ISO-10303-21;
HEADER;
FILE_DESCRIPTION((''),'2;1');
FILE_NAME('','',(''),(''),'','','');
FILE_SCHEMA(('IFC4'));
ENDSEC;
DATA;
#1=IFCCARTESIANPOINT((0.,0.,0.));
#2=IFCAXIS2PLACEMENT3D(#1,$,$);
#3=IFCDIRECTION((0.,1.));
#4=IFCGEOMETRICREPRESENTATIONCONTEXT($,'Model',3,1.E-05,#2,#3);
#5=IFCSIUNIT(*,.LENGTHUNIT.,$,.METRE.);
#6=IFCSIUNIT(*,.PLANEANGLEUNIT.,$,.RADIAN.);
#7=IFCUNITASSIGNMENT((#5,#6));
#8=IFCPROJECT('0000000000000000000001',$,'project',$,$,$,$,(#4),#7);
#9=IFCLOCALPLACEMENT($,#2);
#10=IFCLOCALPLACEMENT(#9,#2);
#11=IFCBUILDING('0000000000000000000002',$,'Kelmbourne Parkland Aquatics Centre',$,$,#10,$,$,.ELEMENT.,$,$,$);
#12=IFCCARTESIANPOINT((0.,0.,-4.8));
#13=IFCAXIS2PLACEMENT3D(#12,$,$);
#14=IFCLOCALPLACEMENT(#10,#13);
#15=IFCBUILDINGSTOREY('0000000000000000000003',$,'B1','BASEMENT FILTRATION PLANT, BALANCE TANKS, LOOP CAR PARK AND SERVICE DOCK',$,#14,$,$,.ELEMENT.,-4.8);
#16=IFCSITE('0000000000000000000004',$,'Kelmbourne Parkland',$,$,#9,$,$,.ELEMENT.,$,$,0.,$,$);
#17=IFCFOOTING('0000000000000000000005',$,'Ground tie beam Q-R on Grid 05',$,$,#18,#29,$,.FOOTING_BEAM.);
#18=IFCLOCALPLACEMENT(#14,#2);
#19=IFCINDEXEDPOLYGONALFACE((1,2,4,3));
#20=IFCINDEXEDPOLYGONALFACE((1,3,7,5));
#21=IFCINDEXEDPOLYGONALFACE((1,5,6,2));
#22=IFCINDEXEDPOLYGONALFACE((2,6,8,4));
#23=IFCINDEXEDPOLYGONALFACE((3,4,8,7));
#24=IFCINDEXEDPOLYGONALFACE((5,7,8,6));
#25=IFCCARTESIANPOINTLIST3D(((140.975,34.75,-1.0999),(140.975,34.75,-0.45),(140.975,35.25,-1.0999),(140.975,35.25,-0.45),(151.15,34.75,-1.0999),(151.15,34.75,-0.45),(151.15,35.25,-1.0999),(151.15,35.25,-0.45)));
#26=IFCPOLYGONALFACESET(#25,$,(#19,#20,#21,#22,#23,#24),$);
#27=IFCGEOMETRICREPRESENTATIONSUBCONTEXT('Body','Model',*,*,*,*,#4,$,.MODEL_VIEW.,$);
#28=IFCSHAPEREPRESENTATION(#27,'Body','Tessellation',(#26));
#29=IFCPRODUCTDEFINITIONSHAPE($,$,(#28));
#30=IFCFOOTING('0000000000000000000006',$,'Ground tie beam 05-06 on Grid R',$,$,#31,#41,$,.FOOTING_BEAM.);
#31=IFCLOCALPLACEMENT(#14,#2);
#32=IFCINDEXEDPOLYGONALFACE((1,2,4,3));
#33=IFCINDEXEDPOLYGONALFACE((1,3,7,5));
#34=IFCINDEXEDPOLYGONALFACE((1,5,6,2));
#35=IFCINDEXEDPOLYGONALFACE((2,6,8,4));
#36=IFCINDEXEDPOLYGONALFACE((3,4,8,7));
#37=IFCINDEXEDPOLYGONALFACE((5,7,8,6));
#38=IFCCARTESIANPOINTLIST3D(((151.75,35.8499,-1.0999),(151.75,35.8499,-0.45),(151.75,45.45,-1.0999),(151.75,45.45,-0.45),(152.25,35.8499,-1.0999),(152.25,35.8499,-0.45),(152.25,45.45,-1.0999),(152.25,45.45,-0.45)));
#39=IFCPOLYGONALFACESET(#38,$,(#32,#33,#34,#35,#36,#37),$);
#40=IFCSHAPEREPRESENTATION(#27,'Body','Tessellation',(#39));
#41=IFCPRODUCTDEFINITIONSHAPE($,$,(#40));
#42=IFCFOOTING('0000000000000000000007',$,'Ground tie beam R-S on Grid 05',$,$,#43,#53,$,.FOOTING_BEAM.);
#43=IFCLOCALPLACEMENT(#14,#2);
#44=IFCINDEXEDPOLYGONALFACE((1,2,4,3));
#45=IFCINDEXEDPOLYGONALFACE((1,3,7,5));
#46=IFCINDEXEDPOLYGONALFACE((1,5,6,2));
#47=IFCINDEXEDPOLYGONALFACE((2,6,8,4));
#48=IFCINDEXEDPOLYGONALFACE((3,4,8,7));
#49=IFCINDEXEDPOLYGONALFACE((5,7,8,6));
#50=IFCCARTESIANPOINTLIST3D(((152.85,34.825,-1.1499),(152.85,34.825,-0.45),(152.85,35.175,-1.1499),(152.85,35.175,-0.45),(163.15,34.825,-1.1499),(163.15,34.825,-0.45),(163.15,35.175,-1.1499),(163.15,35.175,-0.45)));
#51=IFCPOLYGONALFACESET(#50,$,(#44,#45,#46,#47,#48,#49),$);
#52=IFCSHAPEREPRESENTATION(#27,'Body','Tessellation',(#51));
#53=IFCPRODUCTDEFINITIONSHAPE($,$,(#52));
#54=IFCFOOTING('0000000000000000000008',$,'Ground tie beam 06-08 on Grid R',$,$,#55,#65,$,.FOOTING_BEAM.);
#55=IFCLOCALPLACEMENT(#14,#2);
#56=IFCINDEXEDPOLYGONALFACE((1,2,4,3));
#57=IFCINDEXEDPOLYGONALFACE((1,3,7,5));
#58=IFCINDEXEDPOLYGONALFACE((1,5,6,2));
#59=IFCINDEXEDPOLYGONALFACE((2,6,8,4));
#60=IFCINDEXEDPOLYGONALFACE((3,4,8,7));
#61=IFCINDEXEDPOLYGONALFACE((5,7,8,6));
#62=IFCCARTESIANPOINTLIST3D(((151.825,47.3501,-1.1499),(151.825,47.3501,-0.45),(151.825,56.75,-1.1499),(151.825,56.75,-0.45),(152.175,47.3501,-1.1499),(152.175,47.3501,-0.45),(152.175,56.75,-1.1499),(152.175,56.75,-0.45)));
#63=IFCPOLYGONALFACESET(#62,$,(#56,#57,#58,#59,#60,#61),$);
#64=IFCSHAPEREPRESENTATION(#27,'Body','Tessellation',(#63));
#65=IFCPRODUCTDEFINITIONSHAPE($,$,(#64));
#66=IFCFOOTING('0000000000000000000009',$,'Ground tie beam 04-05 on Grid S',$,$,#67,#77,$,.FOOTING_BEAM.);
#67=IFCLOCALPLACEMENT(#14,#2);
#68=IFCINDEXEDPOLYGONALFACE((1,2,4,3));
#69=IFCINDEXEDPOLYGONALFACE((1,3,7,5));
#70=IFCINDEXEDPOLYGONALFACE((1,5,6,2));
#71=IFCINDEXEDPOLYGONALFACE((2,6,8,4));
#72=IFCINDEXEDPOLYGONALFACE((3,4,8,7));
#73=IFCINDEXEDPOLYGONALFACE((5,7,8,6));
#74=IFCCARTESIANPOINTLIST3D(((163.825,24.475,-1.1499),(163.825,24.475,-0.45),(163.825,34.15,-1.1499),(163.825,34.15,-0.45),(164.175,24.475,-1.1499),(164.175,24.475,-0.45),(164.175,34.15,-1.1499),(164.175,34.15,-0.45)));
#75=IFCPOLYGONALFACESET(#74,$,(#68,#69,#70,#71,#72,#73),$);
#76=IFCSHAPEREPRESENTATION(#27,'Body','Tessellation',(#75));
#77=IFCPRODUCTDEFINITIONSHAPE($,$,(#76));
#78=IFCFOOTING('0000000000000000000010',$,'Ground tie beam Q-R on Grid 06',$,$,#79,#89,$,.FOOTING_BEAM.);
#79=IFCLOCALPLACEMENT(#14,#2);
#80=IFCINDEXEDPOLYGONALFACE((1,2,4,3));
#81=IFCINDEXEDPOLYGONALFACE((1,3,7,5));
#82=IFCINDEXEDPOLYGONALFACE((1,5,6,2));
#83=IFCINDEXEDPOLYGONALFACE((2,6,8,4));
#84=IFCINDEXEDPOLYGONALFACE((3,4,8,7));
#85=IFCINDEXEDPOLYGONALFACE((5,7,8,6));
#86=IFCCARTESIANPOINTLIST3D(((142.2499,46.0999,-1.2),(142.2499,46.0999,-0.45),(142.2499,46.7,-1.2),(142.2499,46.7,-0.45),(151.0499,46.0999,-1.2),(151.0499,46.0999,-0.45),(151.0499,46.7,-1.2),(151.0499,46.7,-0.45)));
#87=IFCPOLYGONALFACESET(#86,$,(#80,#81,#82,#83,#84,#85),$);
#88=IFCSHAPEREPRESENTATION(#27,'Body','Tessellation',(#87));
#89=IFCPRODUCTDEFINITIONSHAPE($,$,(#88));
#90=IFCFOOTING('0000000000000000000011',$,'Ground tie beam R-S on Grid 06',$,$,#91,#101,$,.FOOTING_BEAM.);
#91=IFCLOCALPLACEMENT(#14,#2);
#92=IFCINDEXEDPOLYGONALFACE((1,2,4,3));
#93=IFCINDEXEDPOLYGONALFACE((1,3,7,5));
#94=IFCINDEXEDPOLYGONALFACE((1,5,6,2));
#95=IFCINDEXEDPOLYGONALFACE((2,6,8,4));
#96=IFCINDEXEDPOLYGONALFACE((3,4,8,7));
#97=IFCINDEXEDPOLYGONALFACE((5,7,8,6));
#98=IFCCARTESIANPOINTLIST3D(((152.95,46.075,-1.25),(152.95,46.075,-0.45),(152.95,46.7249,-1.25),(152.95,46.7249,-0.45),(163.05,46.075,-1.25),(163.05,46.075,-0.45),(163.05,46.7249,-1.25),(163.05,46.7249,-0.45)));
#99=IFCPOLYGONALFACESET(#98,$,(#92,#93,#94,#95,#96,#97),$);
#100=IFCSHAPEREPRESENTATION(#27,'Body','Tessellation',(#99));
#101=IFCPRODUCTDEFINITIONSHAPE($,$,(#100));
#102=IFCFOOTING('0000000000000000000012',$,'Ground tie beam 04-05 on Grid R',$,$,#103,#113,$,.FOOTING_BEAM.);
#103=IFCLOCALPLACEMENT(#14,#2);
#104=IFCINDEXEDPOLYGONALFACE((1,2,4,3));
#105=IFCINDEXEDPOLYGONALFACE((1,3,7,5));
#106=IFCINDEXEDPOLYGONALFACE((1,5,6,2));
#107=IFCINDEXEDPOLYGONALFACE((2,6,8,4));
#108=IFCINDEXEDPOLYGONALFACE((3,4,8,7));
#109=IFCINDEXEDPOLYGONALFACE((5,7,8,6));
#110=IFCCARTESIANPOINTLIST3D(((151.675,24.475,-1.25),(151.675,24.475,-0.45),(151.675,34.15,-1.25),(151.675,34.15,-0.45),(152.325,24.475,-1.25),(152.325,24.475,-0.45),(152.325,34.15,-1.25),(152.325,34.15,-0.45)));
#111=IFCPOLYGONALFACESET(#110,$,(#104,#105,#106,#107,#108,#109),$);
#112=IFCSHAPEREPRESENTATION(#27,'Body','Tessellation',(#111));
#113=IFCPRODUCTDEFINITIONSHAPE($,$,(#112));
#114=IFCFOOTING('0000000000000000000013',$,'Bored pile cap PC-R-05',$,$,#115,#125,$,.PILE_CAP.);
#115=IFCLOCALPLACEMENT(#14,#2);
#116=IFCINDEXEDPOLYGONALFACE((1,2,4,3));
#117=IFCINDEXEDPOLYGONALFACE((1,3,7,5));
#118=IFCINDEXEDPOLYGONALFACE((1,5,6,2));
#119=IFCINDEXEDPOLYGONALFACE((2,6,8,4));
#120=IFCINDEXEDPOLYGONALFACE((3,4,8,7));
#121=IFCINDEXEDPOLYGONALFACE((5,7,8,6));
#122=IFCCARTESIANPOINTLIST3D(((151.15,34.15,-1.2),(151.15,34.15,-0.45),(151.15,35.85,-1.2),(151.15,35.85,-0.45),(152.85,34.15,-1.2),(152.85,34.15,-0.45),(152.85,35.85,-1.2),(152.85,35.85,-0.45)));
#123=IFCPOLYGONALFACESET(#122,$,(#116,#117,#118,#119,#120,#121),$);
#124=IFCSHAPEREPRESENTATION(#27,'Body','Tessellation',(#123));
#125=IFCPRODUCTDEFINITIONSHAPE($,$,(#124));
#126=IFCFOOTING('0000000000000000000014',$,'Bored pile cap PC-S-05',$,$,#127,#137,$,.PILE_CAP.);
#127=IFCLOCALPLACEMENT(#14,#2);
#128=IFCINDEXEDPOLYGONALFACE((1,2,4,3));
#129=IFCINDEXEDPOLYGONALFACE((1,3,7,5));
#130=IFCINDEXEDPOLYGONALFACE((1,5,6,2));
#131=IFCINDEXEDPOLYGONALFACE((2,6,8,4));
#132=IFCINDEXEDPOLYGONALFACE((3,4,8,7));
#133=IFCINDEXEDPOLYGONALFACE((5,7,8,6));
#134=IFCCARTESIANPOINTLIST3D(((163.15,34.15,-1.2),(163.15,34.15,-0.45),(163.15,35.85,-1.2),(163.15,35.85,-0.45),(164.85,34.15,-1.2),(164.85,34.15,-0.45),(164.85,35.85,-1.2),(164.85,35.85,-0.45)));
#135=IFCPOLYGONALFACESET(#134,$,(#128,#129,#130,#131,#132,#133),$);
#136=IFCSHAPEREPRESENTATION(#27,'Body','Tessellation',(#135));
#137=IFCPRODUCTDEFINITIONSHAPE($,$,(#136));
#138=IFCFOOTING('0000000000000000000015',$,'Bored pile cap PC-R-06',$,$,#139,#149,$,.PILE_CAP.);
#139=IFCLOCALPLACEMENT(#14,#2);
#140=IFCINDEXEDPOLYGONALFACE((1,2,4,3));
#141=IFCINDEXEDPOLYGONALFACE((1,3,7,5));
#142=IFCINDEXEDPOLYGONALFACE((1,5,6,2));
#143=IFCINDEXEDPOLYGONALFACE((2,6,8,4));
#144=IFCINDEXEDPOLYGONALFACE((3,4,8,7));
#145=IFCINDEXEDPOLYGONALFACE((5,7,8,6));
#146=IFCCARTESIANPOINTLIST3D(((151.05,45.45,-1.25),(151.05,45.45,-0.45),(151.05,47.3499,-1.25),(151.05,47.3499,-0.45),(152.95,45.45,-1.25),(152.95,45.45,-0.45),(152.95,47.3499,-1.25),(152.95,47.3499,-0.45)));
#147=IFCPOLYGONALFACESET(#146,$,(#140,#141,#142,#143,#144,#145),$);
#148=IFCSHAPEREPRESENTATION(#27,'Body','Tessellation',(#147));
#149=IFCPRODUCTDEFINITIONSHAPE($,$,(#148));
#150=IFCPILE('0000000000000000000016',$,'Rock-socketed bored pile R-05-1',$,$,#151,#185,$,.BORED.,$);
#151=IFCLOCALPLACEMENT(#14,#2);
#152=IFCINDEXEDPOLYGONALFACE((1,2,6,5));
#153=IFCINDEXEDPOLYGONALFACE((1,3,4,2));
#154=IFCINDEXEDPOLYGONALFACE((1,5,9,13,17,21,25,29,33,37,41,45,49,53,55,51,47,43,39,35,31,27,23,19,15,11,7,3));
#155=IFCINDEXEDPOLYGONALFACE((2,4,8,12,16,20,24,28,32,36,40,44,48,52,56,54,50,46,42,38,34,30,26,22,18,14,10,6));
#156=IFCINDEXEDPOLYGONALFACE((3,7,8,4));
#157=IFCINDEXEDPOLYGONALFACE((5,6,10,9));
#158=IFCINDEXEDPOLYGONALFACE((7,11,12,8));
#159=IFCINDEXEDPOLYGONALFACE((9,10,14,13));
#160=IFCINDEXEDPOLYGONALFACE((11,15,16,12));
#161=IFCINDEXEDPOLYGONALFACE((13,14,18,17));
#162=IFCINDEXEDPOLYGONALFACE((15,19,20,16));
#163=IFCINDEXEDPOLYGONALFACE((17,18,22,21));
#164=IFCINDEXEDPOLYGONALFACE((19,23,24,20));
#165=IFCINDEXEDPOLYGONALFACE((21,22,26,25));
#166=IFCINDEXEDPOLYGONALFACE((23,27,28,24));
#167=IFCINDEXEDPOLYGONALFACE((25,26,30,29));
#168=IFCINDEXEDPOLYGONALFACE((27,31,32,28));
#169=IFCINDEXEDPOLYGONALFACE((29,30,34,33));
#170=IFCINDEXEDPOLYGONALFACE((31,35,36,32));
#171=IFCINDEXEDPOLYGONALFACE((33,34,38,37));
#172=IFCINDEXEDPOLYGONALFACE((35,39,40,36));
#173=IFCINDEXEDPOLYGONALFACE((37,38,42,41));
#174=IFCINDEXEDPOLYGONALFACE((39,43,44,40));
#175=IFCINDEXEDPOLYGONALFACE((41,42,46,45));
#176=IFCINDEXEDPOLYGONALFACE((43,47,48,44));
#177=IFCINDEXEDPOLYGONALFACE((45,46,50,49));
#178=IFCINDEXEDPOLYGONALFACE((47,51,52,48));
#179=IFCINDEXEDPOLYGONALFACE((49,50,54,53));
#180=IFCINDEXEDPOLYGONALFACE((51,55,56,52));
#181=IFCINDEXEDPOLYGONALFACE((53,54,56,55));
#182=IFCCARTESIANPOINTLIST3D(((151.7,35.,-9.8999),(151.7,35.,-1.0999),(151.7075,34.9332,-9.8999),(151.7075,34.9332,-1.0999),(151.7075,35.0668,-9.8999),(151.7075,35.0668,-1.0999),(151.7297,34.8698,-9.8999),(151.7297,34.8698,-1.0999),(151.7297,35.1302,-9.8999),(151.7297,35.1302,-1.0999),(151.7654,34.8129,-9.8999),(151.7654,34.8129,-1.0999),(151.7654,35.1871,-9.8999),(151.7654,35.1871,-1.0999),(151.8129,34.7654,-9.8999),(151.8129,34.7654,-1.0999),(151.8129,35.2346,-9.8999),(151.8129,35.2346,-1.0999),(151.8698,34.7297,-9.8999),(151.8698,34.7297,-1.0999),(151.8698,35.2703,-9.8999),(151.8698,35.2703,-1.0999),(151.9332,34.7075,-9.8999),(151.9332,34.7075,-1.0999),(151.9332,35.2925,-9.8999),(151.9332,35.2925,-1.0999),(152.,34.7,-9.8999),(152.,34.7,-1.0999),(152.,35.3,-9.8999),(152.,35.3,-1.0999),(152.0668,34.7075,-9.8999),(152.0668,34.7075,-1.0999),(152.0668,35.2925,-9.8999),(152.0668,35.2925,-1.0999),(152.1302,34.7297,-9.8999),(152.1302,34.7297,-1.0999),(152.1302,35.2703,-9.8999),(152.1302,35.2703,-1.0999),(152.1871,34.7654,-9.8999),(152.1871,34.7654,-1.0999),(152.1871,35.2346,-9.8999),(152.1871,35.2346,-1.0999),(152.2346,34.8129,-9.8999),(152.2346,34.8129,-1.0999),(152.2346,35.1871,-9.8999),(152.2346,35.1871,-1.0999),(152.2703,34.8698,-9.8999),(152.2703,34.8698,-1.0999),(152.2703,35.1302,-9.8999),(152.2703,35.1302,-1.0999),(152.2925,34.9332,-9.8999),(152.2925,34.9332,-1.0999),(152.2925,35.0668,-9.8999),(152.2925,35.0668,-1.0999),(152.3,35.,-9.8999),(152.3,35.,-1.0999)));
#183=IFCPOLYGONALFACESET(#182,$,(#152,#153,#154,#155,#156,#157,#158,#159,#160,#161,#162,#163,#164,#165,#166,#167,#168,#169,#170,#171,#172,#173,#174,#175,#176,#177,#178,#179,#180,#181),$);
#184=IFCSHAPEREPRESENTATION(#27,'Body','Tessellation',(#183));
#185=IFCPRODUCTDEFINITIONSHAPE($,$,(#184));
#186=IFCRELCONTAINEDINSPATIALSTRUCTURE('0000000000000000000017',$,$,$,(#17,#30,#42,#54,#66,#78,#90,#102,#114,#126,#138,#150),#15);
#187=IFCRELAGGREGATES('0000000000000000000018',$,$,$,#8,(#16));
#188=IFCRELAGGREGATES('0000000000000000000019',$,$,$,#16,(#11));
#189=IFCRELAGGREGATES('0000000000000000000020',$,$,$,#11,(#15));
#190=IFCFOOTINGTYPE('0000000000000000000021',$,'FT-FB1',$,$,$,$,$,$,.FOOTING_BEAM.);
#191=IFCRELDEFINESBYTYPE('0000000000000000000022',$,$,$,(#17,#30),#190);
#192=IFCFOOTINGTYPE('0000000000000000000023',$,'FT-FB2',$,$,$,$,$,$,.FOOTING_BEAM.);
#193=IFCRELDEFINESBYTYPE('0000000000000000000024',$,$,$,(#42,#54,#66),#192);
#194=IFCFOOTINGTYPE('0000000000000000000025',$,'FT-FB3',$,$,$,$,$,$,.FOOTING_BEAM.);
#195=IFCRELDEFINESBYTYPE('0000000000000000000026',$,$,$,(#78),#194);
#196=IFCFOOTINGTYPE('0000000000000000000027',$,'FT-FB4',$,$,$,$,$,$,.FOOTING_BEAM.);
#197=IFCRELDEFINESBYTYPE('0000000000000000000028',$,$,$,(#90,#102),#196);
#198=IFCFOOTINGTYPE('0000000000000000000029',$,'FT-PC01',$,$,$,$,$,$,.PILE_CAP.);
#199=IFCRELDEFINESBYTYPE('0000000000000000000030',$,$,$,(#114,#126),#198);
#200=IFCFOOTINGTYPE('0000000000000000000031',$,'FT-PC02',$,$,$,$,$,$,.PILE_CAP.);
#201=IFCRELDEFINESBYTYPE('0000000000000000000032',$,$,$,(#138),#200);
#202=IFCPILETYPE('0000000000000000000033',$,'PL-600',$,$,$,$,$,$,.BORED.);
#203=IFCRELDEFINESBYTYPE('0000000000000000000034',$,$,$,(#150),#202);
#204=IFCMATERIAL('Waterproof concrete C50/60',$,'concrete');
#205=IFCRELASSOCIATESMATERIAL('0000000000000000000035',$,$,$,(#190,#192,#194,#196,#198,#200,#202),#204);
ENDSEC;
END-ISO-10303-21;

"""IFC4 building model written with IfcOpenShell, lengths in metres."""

from ifc_helpers import new_model, si_unit, direction, frame, origin, origin_2d, place, context, subcontext, project, spatial, rectangle, circle, extrude, material, material_profile, profile_set, type_object, element, save


model = new_model("IFC4")

# Units and contexts
model_context = context("Model", 3, precision=1e-05, world=origin(), true_north=direction((0.0, 1.0)))
body_context = subcontext(model_context, "Body", "Model", "MODEL_VIEW")
ifc_project = project(units=[si_unit("LENGTHUNIT", "METRE"), si_unit("PLANEANGLEUNIT", "RADIAN")], contexts=[model_context])

# Site, building, storey
site_placement = place(None, origin())
site = spatial("IfcSite", under=ifc_project, at=site_placement, Name="Kelmbourne Parkland", CompositionType="ELEMENT", RefElevation=0.0)
building_placement = place(site_placement, origin())
building = spatial("IfcBuilding", under=site, at=building_placement, Name="Kelmbourne Parkland Aquatics Centre", CompositionType="ELEMENT")
storey_placement = place(building_placement, frame((0.0, 0.0, -4.8)))
storey = spatial("IfcBuildingStorey", under=building, at=storey_placement, Name="B1", Description="BASEMENT FILTRATION PLANT, BALANCE TANKS, LOOP CAR PARK AND SERVICE DOCK", CompositionType="ELEMENT", Elevation=-4.8)

# Footings
ifc_material_1 = material(Name="Waterproof concrete C50/60", Category="concrete")
footing_type_1 = type_object("IfcFootingType", Name="FT-FB1", PredefinedType="FOOTING_BEAM", material=ifc_material_1)
footing_1_placement = place(storey_placement, frame((146.0625, 35.0, -1.0999), z_axis=(0.0, 0.0, 1.0), x_axis=(1.0, 0.0, 0.0)))
element("IfcFooting", 1, at=footing_1_placement, inside=storey, type_object=footing_type_1, Name="Ground tie beam Q-R on Grid 05", PredefinedType="FOOTING_BEAM", context=body_context, shape_type="SweptSolid", body=[
    extrude(rectangle(XDim=10.175, YDim=0.5, at=origin_2d()), origin(), (0.0, 0.0, 1.0), 0.6499),
])
footing_2_placement = place(storey_placement, frame((152.0, 40.6499, -1.0999), z_axis=(0.0, 0.0, 1.0), x_axis=(0.0, 1.0, 0.0)))
element("IfcFooting", 2, at=footing_2_placement, inside=storey, type_object=footing_type_1, Name="Ground tie beam 05-06 on Grid R", PredefinedType="FOOTING_BEAM", context=body_context, shape_type="SweptSolid", body=[
    extrude(rectangle(XDim=9.6001, YDim=0.5, at=origin_2d()), origin(), (0.0, 0.0, 1.0), 0.6499),
])
footing_type_2 = type_object("IfcFootingType", Name="FT-FB2", PredefinedType="FOOTING_BEAM", material=ifc_material_1)
footing_3_placement = place(storey_placement, frame((158.0, 35.0, -1.1499), z_axis=(0.0, 0.0, 1.0), x_axis=(1.0, 0.0, 0.0)))
element("IfcFooting", 3, at=footing_3_placement, inside=storey, type_object=footing_type_2, Name="Ground tie beam R-S on Grid 05", PredefinedType="FOOTING_BEAM", context=body_context, shape_type="SweptSolid", body=[
    extrude(rectangle(XDim=10.3, YDim=0.3501, at=origin_2d()), origin(), (0.0, 0.0, 1.0), 0.7),
])
footing_4_placement = place(storey_placement, frame((152.0, 52.05, -1.1499), z_axis=(0.0, 0.0, 1.0), x_axis=(0.0, 1.0, 0.0)))
element("IfcFooting", 4, at=footing_4_placement, inside=storey, type_object=footing_type_2, Name="Ground tie beam 06-08 on Grid R", PredefinedType="FOOTING_BEAM", context=body_context, shape_type="SweptSolid", body=[
    extrude(rectangle(XDim=9.3999, YDim=0.3501, at=origin_2d()), origin(), (0.0, 0.0, 1.0), 0.7),
])
footing_5_placement = place(storey_placement, frame((164.0, 29.3125, -1.1499), z_axis=(0.0, 0.0, 1.0), x_axis=(0.0, 1.0, 0.0)))
element("IfcFooting", 5, at=footing_5_placement, inside=storey, type_object=footing_type_2, Name="Ground tie beam 04-05 on Grid S", PredefinedType="FOOTING_BEAM", context=body_context, shape_type="SweptSolid", body=[
    extrude(rectangle(XDim=9.675, YDim=0.3501, at=origin_2d()), origin(), (0.0, 0.0, 1.0), 0.7),
])
footing_type_3 = type_object("IfcFootingType", Name="FT-FB3", PredefinedType="FOOTING_BEAM", material=ifc_material_1)
footing_6_placement = place(storey_placement, frame((146.6499, 46.3999, -1.2), z_axis=(0.0, 0.0, 1.0), x_axis=(1.0, 0.0, 0.0)))
element("IfcFooting", 6, at=footing_6_placement, inside=storey, type_object=footing_type_3, Name="Ground tie beam Q-R on Grid 06", PredefinedType="FOOTING_BEAM", context=body_context, shape_type="SweptSolid", body=[
    extrude(rectangle(XDim=8.8, YDim=0.6001, at=origin_2d()), origin(), (0.0, 0.0, 1.0), 0.75),
])
footing_type_4 = type_object("IfcFootingType", Name="FT-FB4", PredefinedType="FOOTING_BEAM", material=ifc_material_1)
footing_7_placement = place(storey_placement, frame((158.0, 46.3999, -1.25), z_axis=(0.0, 0.0, 1.0), x_axis=(1.0, 0.0, 0.0)))
element("IfcFooting", 7, at=footing_7_placement, inside=storey, type_object=footing_type_4, Name="Ground tie beam R-S on Grid 06", PredefinedType="FOOTING_BEAM", context=body_context, shape_type="SweptSolid", body=[
    extrude(rectangle(XDim=10.1001, YDim=0.6499, at=origin_2d()), origin(), (0.0, 0.0, 1.0), 0.8),
])
footing_8_placement = place(storey_placement, frame((152.0, 29.3125, -1.25), z_axis=(0.0, 0.0, 1.0), x_axis=(0.0, 1.0, 0.0)))
element("IfcFooting", 8, at=footing_8_placement, inside=storey, type_object=footing_type_4, Name="Ground tie beam 04-05 on Grid R", PredefinedType="FOOTING_BEAM", context=body_context, shape_type="SweptSolid", body=[
    extrude(rectangle(XDim=9.675, YDim=0.6499, at=origin_2d()), origin(), (0.0, 0.0, 1.0), 0.8),
])
footing_type_5 = type_object("IfcFootingType", Name="FT-PC01", PredefinedType="PILE_CAP", material=ifc_material_1)
for number, where, z_axis, x_axis, name in (
    (9, (152.0, 35.0, -1.2), (0.0, 0.0, 1.0), (1.0, 0.0, 0.0), "Bored pile cap PC-R-05"),
    (10, (164.0, 35.0, -1.2), (0.0, 0.0, 1.0), (1.0, 0.0, 0.0), "Bored pile cap PC-S-05"),
):
    element("IfcFooting", number, at=place(storey_placement, frame(where, z_axis=z_axis, x_axis=x_axis)), inside=storey, type_object=footing_type_5, Name=name, PredefinedType="PILE_CAP", context=body_context, shape_type="SweptSolid", body=[
        extrude(rectangle(XDim=1.7, YDim=1.7, at=origin_2d()), origin(), (0.0, 0.0, 1.0), 0.75),
    ])
footing_type_6 = type_object("IfcFootingType", Name="FT-PC02", PredefinedType="PILE_CAP", material=ifc_material_1)
footing_9_placement = place(storey_placement, frame((152.0, 46.3999, -1.25), z_axis=(0.0, 0.0, 1.0), x_axis=(1.0, 0.0, 0.0)))
element("IfcFooting", 11, at=footing_9_placement, inside=storey, type_object=footing_type_6, Name="Bored pile cap PC-R-06", PredefinedType="PILE_CAP", context=body_context, shape_type="SweptSolid", body=[
    extrude(rectangle(XDim=1.8999, YDim=1.8999, at=origin_2d()), origin(), (0.0, 0.0, 1.0), 0.8),
])

# Pile
ifc_material_profile_1 = material_profile(ifc_material_1, circle(Radius=0.3, at=origin_2d()), Name="PILE D600")
ifc_profile_set_1 = profile_set([ifc_material_profile_1], Name="Waterproof concrete C50/60")
pile_type_1 = type_object("IfcPileType", Name="PL-600", PredefinedType="BORED", material=ifc_profile_set_1)
for number, where, z_axis, x_axis, name in (
    (12, (152.0, 35.0, -1.0999), (0.0, 0.0, -1.0), (1.0, 0.0, 0.0), "Rock-socketed bored pile R-05-1"),
):
    element("IfcPile", number, at=place(storey_placement, frame(where, z_axis=z_axis, x_axis=x_axis)), inside=storey, type_object=pile_type_1, Name=name, PredefinedType="BORED", context=body_context, shape_type="SweptSolid", body=[
        extrude(circle(Radius=0.3, at=origin_2d()), origin(), (0.0, 0.0, 1.0), 8.8),
    ])

save(model, "model.ifc")
